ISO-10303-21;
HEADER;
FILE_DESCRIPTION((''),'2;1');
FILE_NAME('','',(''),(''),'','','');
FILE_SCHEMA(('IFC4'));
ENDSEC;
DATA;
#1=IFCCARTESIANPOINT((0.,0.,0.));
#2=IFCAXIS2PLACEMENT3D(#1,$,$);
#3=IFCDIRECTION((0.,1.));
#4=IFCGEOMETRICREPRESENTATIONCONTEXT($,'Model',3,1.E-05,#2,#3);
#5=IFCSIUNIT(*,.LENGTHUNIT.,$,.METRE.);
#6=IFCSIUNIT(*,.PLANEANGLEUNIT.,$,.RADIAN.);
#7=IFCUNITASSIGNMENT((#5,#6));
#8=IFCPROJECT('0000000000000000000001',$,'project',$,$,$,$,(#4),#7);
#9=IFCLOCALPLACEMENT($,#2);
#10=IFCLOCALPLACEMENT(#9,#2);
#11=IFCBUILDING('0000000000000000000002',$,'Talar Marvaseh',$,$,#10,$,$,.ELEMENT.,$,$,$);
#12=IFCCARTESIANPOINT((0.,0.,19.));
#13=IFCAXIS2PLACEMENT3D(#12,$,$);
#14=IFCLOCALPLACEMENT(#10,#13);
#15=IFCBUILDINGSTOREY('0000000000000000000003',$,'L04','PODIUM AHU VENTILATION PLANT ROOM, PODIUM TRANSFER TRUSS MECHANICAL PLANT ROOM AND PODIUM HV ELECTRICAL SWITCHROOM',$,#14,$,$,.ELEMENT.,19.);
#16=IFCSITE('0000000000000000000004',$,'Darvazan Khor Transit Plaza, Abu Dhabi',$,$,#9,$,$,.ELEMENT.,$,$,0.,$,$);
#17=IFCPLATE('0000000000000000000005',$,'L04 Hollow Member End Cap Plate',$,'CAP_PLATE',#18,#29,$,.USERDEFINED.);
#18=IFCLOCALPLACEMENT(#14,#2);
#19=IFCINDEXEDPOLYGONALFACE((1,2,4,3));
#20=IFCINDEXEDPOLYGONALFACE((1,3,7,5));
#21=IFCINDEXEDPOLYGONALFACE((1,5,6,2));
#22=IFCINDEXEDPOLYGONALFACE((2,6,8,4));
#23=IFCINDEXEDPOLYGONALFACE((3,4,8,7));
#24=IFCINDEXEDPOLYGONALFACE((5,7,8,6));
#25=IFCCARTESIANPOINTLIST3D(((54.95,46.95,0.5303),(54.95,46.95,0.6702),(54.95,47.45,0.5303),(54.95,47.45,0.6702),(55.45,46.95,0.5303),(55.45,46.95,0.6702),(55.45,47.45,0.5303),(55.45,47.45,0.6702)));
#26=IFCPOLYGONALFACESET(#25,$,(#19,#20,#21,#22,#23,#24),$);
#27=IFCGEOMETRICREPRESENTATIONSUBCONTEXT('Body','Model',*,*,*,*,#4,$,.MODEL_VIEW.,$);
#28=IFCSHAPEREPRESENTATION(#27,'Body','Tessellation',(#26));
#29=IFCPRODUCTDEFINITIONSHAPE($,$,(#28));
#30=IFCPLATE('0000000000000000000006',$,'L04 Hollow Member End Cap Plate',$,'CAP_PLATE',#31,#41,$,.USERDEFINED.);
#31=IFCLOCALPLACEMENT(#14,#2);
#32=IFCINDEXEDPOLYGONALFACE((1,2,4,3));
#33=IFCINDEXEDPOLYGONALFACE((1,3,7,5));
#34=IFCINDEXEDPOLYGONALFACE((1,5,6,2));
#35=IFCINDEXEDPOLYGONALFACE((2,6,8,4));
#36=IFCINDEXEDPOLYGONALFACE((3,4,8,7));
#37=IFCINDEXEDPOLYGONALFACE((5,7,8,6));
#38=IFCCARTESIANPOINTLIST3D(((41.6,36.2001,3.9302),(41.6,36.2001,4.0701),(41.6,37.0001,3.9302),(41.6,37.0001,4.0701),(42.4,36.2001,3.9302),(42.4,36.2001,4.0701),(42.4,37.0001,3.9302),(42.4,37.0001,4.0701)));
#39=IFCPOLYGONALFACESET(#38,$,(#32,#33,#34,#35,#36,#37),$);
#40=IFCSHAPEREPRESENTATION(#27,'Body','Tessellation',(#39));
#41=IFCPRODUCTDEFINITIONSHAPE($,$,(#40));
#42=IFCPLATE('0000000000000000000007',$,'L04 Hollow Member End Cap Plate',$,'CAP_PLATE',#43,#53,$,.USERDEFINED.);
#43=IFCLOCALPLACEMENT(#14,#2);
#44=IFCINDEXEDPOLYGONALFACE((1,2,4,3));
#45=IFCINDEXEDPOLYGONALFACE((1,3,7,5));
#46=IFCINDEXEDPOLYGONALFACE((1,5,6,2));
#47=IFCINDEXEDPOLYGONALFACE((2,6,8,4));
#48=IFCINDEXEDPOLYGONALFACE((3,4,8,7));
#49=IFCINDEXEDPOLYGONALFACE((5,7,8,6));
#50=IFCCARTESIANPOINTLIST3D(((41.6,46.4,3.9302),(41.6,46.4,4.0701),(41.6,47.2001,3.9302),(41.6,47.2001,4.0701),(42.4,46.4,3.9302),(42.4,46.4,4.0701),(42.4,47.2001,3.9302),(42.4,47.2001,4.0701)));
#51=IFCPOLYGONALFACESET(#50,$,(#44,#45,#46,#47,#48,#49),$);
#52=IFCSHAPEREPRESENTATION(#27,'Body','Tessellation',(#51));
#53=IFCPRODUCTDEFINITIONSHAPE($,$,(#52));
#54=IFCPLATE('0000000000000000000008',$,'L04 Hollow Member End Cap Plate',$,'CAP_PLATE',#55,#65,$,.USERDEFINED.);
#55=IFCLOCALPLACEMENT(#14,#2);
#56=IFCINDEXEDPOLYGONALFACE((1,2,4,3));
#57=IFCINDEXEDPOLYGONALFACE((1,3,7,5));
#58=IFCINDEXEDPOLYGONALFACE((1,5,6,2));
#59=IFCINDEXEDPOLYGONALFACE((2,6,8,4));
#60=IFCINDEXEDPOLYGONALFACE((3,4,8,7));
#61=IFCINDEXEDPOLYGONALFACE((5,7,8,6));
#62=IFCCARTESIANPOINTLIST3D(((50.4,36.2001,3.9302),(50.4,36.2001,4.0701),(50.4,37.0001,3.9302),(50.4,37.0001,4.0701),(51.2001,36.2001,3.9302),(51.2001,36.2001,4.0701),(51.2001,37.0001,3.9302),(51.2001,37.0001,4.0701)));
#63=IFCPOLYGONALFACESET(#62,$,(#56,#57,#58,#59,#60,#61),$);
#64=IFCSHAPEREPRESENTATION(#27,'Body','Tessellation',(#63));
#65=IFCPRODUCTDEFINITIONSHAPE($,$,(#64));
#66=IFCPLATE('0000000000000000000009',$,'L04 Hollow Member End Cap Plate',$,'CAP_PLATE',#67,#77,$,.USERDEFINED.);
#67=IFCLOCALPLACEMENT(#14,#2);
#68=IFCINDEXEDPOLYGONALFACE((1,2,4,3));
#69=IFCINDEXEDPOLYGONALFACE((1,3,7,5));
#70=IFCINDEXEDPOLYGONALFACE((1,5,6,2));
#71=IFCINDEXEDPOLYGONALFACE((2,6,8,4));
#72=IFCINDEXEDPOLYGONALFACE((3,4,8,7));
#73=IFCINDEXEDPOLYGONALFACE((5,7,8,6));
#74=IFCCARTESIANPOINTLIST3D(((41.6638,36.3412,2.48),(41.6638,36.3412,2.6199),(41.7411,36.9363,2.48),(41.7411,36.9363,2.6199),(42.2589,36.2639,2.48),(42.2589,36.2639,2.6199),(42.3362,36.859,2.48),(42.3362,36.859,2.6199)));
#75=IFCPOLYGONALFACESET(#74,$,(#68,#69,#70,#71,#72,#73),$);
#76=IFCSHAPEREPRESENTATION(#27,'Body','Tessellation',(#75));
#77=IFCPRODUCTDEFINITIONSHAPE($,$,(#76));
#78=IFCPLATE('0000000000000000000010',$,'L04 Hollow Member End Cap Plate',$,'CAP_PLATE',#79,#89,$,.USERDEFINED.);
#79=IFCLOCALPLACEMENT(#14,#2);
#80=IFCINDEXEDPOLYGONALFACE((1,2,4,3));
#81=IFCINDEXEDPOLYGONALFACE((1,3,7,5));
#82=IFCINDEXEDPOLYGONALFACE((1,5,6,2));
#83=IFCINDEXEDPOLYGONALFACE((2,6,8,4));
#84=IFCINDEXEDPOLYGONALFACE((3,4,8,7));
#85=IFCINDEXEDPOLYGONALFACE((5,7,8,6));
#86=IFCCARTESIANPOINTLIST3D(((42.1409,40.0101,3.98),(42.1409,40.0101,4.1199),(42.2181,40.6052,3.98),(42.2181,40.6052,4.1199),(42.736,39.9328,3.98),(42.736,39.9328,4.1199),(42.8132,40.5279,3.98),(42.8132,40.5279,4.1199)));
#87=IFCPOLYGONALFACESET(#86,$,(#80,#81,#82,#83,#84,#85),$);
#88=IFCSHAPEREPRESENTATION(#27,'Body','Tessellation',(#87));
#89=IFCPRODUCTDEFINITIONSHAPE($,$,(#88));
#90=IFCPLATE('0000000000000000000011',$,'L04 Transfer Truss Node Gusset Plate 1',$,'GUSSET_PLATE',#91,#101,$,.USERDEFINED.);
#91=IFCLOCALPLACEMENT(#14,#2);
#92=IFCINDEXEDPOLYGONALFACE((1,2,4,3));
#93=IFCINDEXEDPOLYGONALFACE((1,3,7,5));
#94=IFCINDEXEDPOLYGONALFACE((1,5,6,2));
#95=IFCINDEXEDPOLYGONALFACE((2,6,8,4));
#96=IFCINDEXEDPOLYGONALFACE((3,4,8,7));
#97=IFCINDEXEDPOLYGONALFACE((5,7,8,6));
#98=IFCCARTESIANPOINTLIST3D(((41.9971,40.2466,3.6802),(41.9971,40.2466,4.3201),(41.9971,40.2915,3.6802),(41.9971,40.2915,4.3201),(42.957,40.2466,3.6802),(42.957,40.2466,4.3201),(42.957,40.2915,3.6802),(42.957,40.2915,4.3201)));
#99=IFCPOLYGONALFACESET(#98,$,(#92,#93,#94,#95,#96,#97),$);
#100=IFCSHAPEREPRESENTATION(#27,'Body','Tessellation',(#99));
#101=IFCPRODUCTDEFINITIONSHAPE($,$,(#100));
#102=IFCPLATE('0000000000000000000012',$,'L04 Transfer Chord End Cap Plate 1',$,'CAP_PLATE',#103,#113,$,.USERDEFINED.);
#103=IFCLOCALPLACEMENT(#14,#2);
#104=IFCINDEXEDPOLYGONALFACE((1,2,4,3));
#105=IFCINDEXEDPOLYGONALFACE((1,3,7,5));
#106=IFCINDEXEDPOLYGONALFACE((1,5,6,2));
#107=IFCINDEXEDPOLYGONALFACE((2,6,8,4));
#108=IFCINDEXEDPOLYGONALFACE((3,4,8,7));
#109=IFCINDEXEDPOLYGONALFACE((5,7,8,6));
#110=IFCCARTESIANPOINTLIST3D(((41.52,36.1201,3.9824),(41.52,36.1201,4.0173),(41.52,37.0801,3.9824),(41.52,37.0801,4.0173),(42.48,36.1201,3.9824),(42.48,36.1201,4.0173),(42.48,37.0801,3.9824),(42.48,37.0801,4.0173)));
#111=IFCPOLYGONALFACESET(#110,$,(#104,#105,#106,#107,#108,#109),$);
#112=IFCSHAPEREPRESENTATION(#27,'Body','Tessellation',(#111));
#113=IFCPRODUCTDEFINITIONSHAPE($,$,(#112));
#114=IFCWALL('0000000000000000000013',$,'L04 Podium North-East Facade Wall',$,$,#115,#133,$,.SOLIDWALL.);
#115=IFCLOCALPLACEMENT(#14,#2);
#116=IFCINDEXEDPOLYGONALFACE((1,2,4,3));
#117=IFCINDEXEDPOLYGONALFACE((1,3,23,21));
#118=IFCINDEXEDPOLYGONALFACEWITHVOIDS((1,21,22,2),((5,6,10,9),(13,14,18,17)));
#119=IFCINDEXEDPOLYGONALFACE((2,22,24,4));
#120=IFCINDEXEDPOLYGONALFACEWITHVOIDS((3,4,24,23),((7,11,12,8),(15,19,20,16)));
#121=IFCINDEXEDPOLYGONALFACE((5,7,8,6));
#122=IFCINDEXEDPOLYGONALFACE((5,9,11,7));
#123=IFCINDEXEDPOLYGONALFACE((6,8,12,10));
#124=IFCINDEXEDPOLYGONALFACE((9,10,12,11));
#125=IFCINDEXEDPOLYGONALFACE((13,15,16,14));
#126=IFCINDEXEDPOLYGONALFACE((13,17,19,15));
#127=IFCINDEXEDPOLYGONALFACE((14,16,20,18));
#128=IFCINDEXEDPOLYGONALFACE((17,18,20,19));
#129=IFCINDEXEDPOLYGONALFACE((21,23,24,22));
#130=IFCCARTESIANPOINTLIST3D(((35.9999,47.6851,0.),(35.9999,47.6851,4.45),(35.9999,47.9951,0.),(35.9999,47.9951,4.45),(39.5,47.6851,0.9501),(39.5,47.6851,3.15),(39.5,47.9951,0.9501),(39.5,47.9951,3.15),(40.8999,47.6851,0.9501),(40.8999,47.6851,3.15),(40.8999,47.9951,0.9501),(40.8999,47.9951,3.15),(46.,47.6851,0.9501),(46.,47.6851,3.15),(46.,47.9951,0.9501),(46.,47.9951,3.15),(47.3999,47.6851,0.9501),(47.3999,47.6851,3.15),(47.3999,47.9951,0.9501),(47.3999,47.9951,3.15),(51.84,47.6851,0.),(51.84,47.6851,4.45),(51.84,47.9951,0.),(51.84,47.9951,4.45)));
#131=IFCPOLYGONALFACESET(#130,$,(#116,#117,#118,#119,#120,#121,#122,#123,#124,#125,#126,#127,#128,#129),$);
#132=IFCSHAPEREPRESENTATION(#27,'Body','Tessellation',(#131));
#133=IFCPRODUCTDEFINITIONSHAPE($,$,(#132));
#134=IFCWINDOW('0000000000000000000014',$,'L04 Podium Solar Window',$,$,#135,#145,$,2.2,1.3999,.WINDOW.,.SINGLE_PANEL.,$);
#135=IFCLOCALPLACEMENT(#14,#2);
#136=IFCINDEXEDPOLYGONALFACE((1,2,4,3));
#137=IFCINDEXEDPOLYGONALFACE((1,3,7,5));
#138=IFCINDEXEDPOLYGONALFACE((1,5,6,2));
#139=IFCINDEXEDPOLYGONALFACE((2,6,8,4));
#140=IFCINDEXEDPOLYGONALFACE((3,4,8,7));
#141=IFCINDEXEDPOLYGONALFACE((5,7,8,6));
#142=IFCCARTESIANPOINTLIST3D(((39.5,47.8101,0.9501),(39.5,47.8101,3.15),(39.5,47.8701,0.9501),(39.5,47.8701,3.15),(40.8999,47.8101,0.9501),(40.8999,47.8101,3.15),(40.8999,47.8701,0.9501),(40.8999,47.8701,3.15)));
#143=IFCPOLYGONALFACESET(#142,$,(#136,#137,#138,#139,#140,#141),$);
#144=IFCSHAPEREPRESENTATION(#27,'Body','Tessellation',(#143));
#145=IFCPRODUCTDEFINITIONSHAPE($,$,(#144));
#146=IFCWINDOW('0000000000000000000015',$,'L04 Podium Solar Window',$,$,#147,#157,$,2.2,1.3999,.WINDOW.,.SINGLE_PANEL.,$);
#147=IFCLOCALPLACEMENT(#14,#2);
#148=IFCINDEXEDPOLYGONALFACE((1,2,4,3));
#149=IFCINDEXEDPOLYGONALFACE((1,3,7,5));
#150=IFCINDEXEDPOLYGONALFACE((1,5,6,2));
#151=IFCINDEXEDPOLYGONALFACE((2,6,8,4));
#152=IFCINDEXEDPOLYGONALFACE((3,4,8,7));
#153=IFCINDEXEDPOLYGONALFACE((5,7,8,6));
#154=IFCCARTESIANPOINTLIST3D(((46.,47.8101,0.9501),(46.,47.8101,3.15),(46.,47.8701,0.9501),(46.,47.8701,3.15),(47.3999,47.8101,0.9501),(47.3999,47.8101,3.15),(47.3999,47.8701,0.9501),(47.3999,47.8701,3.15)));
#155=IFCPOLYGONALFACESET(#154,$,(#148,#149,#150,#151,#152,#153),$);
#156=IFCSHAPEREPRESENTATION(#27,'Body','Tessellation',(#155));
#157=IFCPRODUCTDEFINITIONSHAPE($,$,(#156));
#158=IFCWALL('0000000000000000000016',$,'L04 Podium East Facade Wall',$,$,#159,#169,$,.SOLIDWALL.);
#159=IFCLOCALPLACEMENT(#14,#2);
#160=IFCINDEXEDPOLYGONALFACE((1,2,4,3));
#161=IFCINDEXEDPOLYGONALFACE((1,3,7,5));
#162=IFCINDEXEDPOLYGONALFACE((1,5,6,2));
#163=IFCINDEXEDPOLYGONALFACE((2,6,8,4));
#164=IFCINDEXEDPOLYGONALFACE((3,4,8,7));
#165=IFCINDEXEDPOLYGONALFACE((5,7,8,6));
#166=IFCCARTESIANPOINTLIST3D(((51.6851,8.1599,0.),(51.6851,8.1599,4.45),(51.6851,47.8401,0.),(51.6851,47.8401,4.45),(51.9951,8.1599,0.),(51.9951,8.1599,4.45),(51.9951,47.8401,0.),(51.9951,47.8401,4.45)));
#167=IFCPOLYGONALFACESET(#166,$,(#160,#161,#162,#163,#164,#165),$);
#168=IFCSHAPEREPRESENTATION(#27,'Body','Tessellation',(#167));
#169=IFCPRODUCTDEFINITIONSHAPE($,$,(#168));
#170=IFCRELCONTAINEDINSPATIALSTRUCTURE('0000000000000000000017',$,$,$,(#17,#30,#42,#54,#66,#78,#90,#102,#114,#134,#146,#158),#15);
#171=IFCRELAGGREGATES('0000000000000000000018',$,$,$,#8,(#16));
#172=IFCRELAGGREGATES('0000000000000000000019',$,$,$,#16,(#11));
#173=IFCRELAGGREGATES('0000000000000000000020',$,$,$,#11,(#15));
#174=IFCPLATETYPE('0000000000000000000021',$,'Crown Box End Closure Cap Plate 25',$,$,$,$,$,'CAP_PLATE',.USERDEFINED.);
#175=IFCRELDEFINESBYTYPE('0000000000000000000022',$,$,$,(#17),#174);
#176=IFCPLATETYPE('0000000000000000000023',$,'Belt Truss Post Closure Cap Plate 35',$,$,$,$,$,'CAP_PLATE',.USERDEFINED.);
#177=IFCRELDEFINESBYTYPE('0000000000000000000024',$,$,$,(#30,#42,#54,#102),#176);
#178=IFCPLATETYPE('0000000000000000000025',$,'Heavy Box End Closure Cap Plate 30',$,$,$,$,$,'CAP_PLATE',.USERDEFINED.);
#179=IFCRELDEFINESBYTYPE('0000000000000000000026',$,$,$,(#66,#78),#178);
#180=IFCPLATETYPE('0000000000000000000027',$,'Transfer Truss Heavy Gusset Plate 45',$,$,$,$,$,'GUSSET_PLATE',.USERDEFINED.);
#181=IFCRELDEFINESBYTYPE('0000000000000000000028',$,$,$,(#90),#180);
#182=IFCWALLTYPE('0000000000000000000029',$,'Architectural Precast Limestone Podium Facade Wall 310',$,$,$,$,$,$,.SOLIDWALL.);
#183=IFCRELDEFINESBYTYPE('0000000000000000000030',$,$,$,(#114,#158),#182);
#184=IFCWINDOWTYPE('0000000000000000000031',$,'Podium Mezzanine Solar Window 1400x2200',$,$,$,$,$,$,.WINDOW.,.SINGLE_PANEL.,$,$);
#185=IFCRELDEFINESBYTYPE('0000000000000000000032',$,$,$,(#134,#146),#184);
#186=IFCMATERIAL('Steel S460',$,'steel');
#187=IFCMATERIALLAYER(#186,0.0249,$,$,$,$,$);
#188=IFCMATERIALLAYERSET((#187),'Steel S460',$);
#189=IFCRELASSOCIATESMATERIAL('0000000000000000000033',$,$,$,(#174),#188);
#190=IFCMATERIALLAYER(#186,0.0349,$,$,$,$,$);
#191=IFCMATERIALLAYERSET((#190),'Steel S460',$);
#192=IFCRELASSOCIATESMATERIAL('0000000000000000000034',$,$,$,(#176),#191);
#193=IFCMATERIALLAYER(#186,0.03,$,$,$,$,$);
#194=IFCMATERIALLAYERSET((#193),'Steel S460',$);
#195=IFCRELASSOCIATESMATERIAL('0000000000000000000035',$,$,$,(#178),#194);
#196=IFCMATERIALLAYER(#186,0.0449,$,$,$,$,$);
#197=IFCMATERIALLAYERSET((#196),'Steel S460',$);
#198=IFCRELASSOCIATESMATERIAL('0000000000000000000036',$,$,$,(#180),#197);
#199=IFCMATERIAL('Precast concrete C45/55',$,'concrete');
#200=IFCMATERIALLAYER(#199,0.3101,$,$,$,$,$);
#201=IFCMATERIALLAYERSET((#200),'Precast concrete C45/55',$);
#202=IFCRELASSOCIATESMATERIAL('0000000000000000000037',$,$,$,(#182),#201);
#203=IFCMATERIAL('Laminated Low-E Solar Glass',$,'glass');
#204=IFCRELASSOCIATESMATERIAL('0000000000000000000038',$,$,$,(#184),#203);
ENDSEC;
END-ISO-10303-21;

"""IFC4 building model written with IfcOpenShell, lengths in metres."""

from ifc_helpers import new_model, si_unit, direction, frame, frame_2d, origin, origin_2d, place, context, subcontext, project, spatial, rectangle, extrude, source, transform, mapped, material, layer, layer_set, type_object, type_shapes, element, fill, save


model = new_model("IFC4")

# Units and contexts
model_context = context("Model", 3, precision=1e-05, world=origin(), true_north=direction((0.0, 1.0)))
body_context = subcontext(model_context, "Body", "Model", "MODEL_VIEW")
ifc_project = project(units=[si_unit("LENGTHUNIT", "METRE"), si_unit("PLANEANGLEUNIT", "RADIAN")], contexts=[model_context])

# Site, building, storey
site_placement = place(None, origin())
site = spatial("IfcSite", under=ifc_project, at=site_placement, Name="Darvazan Khor Transit Plaza, Abu Dhabi", CompositionType="ELEMENT", RefElevation=0.0)
building_placement = place(site_placement, origin())
building = spatial("IfcBuilding", under=site, at=building_placement, Name="Talar Marvaseh", CompositionType="ELEMENT")
storey_placement = place(building_placement, frame((0.0, 0.0, 19.0)))
storey = spatial("IfcBuildingStorey", under=building, at=storey_placement, Name="L04", Description="PODIUM AHU VENTILATION PLANT ROOM, PODIUM TRANSFER TRUSS MECHANICAL PLANT ROOM AND PODIUM HV ELECTRICAL SWITCHROOM", CompositionType="ELEMENT", Elevation=19.0)

# Shared definitions
ifc_material_1 = material(Name="Steel S460", Category="steel")

# Shared definitions
ifc_material_2 = material(Name="Precast concrete C45/55", Category="concrete")

# Plates
ifc_layer_1 = layer(ifc_material_1, 0.0249)
ifc_layer_set_1 = layer_set([ifc_layer_1], Name="Steel S460")
plate_type_1 = type_object("IfcPlateType", Name="Crown Box End Closure Cap Plate 25", ElementType="CAP_PLATE", PredefinedType="USERDEFINED", material=ifc_layer_set_1)
shared_shape_1 = source(origin(), body_context, "Body", "SweptSolid", [
    extrude(rectangle(XDim=0.5, YDim=0.5, at=origin_2d()), origin(), (0.0, 0.0, 1.0), 0.1399),
])
type_shapes(plate_type_1, [shared_shape_1])
for number, where, z_axis, x_axis, name in (
    (1, (55.2, 47.2, 0.5303), (0.0, 0.0, 1.0), (0.0, 1.0, 0.0), "L04 Hollow Member End Cap Plate"),
):
    element("IfcPlate", number, at=place(storey_placement, frame(where, z_axis=z_axis, x_axis=x_axis)), inside=storey, type_object=plate_type_1, Name=name, ObjectType="CAP_PLATE", PredefinedType="USERDEFINED", context=body_context, shape_type="MappedRepresentation", body=[
        mapped(shared_shape_1, transform((0.0, 0.0, 0.0), x_axis=(1.0, 0.0, 0.0), y_axis=(0.0, 1.0, 0.0), z_axis=(0.0, 0.0, 1.0), scale=1.0)),
    ])
ifc_layer_2 = layer(ifc_material_1, 0.0349)
ifc_layer_set_2 = layer_set([ifc_layer_2], Name="Steel S460")
plate_type_2 = type_object("IfcPlateType", Name="Belt Truss Post Closure Cap Plate 35", ElementType="CAP_PLATE", PredefinedType="USERDEFINED", material=ifc_layer_set_2)
shared_shape_2 = source(origin(), body_context, "Body", "SweptSolid", [
    extrude(rectangle(XDim=0.8, YDim=0.8, at=origin_2d()), origin(), (0.0, 0.0, 1.0), 0.1399),
])
for number, where, z_axis, x_axis, name in (
    (2, (42.0, 36.6001, 3.9302), (0.0, 0.0, 1.0), (0.0, 1.0, 0.0), "L04 Hollow Member End Cap Plate"),
    (3, (42.0, 46.8, 3.9302), (0.0, 0.0, 1.0), (0.0, 1.0, 0.0), "L04 Hollow Member End Cap Plate"),
    (4, (50.8, 36.6001, 3.9302), (0.0, 0.0, 1.0), (0.0, 1.0, 0.0), "L04 Hollow Member End Cap Plate"),
):
    element("IfcPlate", number, at=place(storey_placement, frame(where, z_axis=z_axis, x_axis=x_axis)), inside=storey, type_object=plate_type_2, Name=name, ObjectType="CAP_PLATE", PredefinedType="USERDEFINED", context=body_context, shape_type="MappedRepresentation", body=[
        mapped(shared_shape_2, transform((0.0, 0.0, 0.0), x_axis=(1.0, 0.0, 0.0), y_axis=(0.0, 1.0, 0.0), z_axis=(0.0, 0.0, 1.0), scale=1.0)),
    ])
ifc_layer_3 = layer(ifc_material_1, 0.03)
ifc_layer_set_3 = layer_set([ifc_layer_3], Name="Steel S460")
plate_type_3 = type_object("IfcPlateType", Name="Heavy Box End Closure Cap Plate 30", ElementType="CAP_PLATE", PredefinedType="USERDEFINED", material=ifc_layer_set_3)
shared_shape_3 = source(origin(), body_context, "Body", "SweptSolid", [
    extrude(rectangle(XDim=0.6001, YDim=0.6001, at=origin_2d()), origin(), (0.0, 0.0, 1.0), 0.1399),
])
type_shapes(plate_type_3, [shared_shape_3])
for number, where, z_axis, x_axis, name in (
    (5, (42.0, 36.6001, 2.48), (0.0, 0.0, 1.0), (0.128796, 0.991671, 0.0), "L04 Hollow Member End Cap Plate"),
    (6, (42.4771, 40.269, 3.98), (0.0, 0.0, 1.0), (0.128796, 0.991671, 0.0), "L04 Hollow Member End Cap Plate"),
):
    element("IfcPlate", number, at=place(storey_placement, frame(where, z_axis=z_axis, x_axis=x_axis)), inside=storey, type_object=plate_type_3, Name=name, ObjectType="CAP_PLATE", PredefinedType="USERDEFINED", context=body_context, shape_type="MappedRepresentation", body=[
        mapped(shared_shape_3, transform((0.0, 0.0, 0.0), x_axis=(1.0, 0.0, 0.0), y_axis=(0.0, 1.0, 0.0), z_axis=(0.0, 0.0, 1.0), scale=1.0)),
    ])
ifc_layer_4 = layer(ifc_material_1, 0.0449)
ifc_layer_set_4 = layer_set([ifc_layer_4], Name="Steel S460")
plate_type_4 = type_object("IfcPlateType", Name="Transfer Truss Heavy Gusset Plate 45", ElementType="GUSSET_PLATE", PredefinedType="USERDEFINED", material=ifc_layer_set_4)
shared_shape_4 = source(origin(), body_context, "Body", "SweptSolid", [
    extrude(rectangle(XDim=0.96, YDim=0.0449, at=origin_2d()), origin(), (0.0, 0.0, 1.0), 0.6399),
])
type_shapes(plate_type_4, [shared_shape_4])
plate_1_placement = place(storey_placement, frame((42.4771, 40.269, 3.6802), z_axis=(0.0, 0.0, 1.0), x_axis=(1.0, 0.0, 0.0)))
element("IfcPlate", 7, at=plate_1_placement, inside=storey, type_object=plate_type_4, Name="L04 Transfer Truss Node Gusset Plate 1", ObjectType="GUSSET_PLATE", PredefinedType="USERDEFINED", context=body_context, shape_type="MappedRepresentation", body=[
    mapped(shared_shape_4, transform((0.0, 0.0, 0.0), x_axis=(1.0, 0.0, 0.0), y_axis=(0.0, 1.0, 0.0), z_axis=(0.0, 0.0, 1.0), scale=1.0)),
])
shared_shape_5 = source(origin(), body_context, "Body", "SweptSolid", [
    extrude(rectangle(XDim=0.96, YDim=0.96, at=origin_2d()), origin(), (0.0, 0.0, 1.0), 0.0349),
])
type_shapes(plate_type_2, [shared_shape_2, shared_shape_5])
plate_2_placement = place(storey_placement, frame((42.0, 36.6001, 3.9824), z_axis=(0.0, 0.0, 1.0), x_axis=(1.0, 0.0, 0.0)))
element("IfcPlate", 8, at=plate_2_placement, inside=storey, type_object=plate_type_2, Name="L04 Transfer Chord End Cap Plate 1", ObjectType="CAP_PLATE", PredefinedType="USERDEFINED", context=body_context, shape_type="MappedRepresentation", body=[
    mapped(shared_shape_5, transform((0.0, 0.0, 0.0), x_axis=(1.0, 0.0, 0.0), y_axis=(0.0, 1.0, 0.0), z_axis=(0.0, 0.0, 1.0), scale=1.0)),
])

# Wall, openings, windows
ifc_layer_5 = layer(ifc_material_2, 0.3101)
ifc_layer_set_5 = layer_set([ifc_layer_5], Name="Precast concrete C45/55")
wall_type = type_object("IfcWallType", Name="Architectural Precast Limestone Podium Facade Wall 310", PredefinedType="SOLIDWALL", material=ifc_layer_set_5)
wall_1_placement = place(storey_placement, frame((36.0, 47.8401, 0.0), z_axis=(0.0, 0.0, 1.0), x_axis=(1.0, 0.0, 0.0)))
wall_1 = element("IfcWall", 9, at=wall_1_placement, inside=storey, type_object=wall_type, Name="L04 Podium North-East Facade Wall", PredefinedType="SOLIDWALL", context=body_context, shape_type="SweptSolid", body=[
    extrude(rectangle(XDim=15.8401, YDim=0.3101, at=frame_2d((7.9199, 0.0))), origin(), (0.0, 0.0, 1.0), 4.45),
])
opening_1_placement = place(wall_1_placement, frame((3.5, 0.0, 0.95)))
opening_1 = element("IfcOpeningElement", 10, at=opening_1_placement, cuts=wall_1, PredefinedType="OPENING", context=body_context, shape_type="SweptSolid", body=[
    extrude(rectangle(XDim=1.3999, YDim=2.2, at=frame_2d((0.7, 1.1001))), frame((0.0, 0.165, 0.0), z_axis=(0.0, -1.0, 0.0), x_axis=(1.0, 0.0, 0.0)), (0.0, 0.0, 1.0), 0.3301),
])
opening_2_placement = place(wall_1_placement, frame((10.0, 0.0, 0.95)))
opening_2 = element("IfcOpeningElement", 11, at=opening_2_placement, cuts=wall_1, PredefinedType="OPENING", context=body_context, shape_type="SweptSolid", body=[
    extrude(rectangle(XDim=1.3999, YDim=2.2, at=frame_2d((0.7, 1.1001))), frame((0.0, 0.165, 0.0), z_axis=(0.0, -1.0, 0.0), x_axis=(1.0, 0.0, 0.0)), (0.0, 0.0, 1.0), 0.3301),
])
ifc_material_3 = material(Name="Laminated Low-E Solar Glass", Category="glass")
window_type = type_object("IfcWindowType", Name="Podium Mezzanine Solar Window 1400x2200", PartitioningType="SINGLE_PANEL", PredefinedType="WINDOW", material=ifc_material_3)
shared_shape_6 = source(origin(), body_context, "Body", "SweptSolid", [
    extrude(rectangle(XDim=1.3999, YDim=2.2, at=frame_2d((0.7, 1.1001))), frame((0.0, 0.03, 0.0), z_axis=(0.0, -1.0, 0.0), x_axis=(1.0, 0.0, 0.0)), (0.0, 0.0, 1.0), 0.0601),
])
type_shapes(window_type, [shared_shape_6])
window_1_placement = place(opening_1_placement, origin())
window_1 = element("IfcWindow", 12, at=window_1_placement, inside=storey, type_object=window_type, Name="L04 Podium Solar Window", OverallHeight=2.2, OverallWidth=1.3999, PartitioningType="SINGLE_PANEL", PredefinedType="WINDOW", context=body_context, shape_type="MappedRepresentation", body=[
    mapped(shared_shape_6, transform((0.0, 0.0, 0.0), x_axis=(1.0, 0.0, 0.0), y_axis=(0.0, 1.0, 0.0), z_axis=(0.0, 0.0, 1.0), scale=1.0)),
])
fill(opening_1, window_1)
window_2_placement = place(opening_2_placement, origin())
window_2 = element("IfcWindow", 13, at=window_2_placement, inside=storey, type_object=window_type, Name="L04 Podium Solar Window", OverallHeight=2.2, OverallWidth=1.3999, PartitioningType="SINGLE_PANEL", PredefinedType="WINDOW", context=body_context, shape_type="MappedRepresentation", body=[
    mapped(shared_shape_6, transform((0.0, 0.0, 0.0), x_axis=(1.0, 0.0, 0.0), y_axis=(0.0, 1.0, 0.0), z_axis=(0.0, 0.0, 1.0), scale=1.0)),
])
fill(opening_2, window_2)

# Wall
wall_2_placement = place(storey_placement, frame((51.8401, 47.8401, 0.0), z_axis=(0.0, 0.0, 1.0), x_axis=(0.0, -1.0, 0.0)))
element("IfcWall", 14, at=wall_2_placement, inside=storey, type_object=wall_type, Name="L04 Podium East Facade Wall", PredefinedType="SOLIDWALL", context=body_context, shape_type="SweptSolid", body=[
    extrude(rectangle(XDim=39.6802, YDim=0.3101, at=frame_2d((19.8401, 0.0))), origin(), (0.0, 0.0, 1.0), 4.45),
])

save(model, "model.ifc")
